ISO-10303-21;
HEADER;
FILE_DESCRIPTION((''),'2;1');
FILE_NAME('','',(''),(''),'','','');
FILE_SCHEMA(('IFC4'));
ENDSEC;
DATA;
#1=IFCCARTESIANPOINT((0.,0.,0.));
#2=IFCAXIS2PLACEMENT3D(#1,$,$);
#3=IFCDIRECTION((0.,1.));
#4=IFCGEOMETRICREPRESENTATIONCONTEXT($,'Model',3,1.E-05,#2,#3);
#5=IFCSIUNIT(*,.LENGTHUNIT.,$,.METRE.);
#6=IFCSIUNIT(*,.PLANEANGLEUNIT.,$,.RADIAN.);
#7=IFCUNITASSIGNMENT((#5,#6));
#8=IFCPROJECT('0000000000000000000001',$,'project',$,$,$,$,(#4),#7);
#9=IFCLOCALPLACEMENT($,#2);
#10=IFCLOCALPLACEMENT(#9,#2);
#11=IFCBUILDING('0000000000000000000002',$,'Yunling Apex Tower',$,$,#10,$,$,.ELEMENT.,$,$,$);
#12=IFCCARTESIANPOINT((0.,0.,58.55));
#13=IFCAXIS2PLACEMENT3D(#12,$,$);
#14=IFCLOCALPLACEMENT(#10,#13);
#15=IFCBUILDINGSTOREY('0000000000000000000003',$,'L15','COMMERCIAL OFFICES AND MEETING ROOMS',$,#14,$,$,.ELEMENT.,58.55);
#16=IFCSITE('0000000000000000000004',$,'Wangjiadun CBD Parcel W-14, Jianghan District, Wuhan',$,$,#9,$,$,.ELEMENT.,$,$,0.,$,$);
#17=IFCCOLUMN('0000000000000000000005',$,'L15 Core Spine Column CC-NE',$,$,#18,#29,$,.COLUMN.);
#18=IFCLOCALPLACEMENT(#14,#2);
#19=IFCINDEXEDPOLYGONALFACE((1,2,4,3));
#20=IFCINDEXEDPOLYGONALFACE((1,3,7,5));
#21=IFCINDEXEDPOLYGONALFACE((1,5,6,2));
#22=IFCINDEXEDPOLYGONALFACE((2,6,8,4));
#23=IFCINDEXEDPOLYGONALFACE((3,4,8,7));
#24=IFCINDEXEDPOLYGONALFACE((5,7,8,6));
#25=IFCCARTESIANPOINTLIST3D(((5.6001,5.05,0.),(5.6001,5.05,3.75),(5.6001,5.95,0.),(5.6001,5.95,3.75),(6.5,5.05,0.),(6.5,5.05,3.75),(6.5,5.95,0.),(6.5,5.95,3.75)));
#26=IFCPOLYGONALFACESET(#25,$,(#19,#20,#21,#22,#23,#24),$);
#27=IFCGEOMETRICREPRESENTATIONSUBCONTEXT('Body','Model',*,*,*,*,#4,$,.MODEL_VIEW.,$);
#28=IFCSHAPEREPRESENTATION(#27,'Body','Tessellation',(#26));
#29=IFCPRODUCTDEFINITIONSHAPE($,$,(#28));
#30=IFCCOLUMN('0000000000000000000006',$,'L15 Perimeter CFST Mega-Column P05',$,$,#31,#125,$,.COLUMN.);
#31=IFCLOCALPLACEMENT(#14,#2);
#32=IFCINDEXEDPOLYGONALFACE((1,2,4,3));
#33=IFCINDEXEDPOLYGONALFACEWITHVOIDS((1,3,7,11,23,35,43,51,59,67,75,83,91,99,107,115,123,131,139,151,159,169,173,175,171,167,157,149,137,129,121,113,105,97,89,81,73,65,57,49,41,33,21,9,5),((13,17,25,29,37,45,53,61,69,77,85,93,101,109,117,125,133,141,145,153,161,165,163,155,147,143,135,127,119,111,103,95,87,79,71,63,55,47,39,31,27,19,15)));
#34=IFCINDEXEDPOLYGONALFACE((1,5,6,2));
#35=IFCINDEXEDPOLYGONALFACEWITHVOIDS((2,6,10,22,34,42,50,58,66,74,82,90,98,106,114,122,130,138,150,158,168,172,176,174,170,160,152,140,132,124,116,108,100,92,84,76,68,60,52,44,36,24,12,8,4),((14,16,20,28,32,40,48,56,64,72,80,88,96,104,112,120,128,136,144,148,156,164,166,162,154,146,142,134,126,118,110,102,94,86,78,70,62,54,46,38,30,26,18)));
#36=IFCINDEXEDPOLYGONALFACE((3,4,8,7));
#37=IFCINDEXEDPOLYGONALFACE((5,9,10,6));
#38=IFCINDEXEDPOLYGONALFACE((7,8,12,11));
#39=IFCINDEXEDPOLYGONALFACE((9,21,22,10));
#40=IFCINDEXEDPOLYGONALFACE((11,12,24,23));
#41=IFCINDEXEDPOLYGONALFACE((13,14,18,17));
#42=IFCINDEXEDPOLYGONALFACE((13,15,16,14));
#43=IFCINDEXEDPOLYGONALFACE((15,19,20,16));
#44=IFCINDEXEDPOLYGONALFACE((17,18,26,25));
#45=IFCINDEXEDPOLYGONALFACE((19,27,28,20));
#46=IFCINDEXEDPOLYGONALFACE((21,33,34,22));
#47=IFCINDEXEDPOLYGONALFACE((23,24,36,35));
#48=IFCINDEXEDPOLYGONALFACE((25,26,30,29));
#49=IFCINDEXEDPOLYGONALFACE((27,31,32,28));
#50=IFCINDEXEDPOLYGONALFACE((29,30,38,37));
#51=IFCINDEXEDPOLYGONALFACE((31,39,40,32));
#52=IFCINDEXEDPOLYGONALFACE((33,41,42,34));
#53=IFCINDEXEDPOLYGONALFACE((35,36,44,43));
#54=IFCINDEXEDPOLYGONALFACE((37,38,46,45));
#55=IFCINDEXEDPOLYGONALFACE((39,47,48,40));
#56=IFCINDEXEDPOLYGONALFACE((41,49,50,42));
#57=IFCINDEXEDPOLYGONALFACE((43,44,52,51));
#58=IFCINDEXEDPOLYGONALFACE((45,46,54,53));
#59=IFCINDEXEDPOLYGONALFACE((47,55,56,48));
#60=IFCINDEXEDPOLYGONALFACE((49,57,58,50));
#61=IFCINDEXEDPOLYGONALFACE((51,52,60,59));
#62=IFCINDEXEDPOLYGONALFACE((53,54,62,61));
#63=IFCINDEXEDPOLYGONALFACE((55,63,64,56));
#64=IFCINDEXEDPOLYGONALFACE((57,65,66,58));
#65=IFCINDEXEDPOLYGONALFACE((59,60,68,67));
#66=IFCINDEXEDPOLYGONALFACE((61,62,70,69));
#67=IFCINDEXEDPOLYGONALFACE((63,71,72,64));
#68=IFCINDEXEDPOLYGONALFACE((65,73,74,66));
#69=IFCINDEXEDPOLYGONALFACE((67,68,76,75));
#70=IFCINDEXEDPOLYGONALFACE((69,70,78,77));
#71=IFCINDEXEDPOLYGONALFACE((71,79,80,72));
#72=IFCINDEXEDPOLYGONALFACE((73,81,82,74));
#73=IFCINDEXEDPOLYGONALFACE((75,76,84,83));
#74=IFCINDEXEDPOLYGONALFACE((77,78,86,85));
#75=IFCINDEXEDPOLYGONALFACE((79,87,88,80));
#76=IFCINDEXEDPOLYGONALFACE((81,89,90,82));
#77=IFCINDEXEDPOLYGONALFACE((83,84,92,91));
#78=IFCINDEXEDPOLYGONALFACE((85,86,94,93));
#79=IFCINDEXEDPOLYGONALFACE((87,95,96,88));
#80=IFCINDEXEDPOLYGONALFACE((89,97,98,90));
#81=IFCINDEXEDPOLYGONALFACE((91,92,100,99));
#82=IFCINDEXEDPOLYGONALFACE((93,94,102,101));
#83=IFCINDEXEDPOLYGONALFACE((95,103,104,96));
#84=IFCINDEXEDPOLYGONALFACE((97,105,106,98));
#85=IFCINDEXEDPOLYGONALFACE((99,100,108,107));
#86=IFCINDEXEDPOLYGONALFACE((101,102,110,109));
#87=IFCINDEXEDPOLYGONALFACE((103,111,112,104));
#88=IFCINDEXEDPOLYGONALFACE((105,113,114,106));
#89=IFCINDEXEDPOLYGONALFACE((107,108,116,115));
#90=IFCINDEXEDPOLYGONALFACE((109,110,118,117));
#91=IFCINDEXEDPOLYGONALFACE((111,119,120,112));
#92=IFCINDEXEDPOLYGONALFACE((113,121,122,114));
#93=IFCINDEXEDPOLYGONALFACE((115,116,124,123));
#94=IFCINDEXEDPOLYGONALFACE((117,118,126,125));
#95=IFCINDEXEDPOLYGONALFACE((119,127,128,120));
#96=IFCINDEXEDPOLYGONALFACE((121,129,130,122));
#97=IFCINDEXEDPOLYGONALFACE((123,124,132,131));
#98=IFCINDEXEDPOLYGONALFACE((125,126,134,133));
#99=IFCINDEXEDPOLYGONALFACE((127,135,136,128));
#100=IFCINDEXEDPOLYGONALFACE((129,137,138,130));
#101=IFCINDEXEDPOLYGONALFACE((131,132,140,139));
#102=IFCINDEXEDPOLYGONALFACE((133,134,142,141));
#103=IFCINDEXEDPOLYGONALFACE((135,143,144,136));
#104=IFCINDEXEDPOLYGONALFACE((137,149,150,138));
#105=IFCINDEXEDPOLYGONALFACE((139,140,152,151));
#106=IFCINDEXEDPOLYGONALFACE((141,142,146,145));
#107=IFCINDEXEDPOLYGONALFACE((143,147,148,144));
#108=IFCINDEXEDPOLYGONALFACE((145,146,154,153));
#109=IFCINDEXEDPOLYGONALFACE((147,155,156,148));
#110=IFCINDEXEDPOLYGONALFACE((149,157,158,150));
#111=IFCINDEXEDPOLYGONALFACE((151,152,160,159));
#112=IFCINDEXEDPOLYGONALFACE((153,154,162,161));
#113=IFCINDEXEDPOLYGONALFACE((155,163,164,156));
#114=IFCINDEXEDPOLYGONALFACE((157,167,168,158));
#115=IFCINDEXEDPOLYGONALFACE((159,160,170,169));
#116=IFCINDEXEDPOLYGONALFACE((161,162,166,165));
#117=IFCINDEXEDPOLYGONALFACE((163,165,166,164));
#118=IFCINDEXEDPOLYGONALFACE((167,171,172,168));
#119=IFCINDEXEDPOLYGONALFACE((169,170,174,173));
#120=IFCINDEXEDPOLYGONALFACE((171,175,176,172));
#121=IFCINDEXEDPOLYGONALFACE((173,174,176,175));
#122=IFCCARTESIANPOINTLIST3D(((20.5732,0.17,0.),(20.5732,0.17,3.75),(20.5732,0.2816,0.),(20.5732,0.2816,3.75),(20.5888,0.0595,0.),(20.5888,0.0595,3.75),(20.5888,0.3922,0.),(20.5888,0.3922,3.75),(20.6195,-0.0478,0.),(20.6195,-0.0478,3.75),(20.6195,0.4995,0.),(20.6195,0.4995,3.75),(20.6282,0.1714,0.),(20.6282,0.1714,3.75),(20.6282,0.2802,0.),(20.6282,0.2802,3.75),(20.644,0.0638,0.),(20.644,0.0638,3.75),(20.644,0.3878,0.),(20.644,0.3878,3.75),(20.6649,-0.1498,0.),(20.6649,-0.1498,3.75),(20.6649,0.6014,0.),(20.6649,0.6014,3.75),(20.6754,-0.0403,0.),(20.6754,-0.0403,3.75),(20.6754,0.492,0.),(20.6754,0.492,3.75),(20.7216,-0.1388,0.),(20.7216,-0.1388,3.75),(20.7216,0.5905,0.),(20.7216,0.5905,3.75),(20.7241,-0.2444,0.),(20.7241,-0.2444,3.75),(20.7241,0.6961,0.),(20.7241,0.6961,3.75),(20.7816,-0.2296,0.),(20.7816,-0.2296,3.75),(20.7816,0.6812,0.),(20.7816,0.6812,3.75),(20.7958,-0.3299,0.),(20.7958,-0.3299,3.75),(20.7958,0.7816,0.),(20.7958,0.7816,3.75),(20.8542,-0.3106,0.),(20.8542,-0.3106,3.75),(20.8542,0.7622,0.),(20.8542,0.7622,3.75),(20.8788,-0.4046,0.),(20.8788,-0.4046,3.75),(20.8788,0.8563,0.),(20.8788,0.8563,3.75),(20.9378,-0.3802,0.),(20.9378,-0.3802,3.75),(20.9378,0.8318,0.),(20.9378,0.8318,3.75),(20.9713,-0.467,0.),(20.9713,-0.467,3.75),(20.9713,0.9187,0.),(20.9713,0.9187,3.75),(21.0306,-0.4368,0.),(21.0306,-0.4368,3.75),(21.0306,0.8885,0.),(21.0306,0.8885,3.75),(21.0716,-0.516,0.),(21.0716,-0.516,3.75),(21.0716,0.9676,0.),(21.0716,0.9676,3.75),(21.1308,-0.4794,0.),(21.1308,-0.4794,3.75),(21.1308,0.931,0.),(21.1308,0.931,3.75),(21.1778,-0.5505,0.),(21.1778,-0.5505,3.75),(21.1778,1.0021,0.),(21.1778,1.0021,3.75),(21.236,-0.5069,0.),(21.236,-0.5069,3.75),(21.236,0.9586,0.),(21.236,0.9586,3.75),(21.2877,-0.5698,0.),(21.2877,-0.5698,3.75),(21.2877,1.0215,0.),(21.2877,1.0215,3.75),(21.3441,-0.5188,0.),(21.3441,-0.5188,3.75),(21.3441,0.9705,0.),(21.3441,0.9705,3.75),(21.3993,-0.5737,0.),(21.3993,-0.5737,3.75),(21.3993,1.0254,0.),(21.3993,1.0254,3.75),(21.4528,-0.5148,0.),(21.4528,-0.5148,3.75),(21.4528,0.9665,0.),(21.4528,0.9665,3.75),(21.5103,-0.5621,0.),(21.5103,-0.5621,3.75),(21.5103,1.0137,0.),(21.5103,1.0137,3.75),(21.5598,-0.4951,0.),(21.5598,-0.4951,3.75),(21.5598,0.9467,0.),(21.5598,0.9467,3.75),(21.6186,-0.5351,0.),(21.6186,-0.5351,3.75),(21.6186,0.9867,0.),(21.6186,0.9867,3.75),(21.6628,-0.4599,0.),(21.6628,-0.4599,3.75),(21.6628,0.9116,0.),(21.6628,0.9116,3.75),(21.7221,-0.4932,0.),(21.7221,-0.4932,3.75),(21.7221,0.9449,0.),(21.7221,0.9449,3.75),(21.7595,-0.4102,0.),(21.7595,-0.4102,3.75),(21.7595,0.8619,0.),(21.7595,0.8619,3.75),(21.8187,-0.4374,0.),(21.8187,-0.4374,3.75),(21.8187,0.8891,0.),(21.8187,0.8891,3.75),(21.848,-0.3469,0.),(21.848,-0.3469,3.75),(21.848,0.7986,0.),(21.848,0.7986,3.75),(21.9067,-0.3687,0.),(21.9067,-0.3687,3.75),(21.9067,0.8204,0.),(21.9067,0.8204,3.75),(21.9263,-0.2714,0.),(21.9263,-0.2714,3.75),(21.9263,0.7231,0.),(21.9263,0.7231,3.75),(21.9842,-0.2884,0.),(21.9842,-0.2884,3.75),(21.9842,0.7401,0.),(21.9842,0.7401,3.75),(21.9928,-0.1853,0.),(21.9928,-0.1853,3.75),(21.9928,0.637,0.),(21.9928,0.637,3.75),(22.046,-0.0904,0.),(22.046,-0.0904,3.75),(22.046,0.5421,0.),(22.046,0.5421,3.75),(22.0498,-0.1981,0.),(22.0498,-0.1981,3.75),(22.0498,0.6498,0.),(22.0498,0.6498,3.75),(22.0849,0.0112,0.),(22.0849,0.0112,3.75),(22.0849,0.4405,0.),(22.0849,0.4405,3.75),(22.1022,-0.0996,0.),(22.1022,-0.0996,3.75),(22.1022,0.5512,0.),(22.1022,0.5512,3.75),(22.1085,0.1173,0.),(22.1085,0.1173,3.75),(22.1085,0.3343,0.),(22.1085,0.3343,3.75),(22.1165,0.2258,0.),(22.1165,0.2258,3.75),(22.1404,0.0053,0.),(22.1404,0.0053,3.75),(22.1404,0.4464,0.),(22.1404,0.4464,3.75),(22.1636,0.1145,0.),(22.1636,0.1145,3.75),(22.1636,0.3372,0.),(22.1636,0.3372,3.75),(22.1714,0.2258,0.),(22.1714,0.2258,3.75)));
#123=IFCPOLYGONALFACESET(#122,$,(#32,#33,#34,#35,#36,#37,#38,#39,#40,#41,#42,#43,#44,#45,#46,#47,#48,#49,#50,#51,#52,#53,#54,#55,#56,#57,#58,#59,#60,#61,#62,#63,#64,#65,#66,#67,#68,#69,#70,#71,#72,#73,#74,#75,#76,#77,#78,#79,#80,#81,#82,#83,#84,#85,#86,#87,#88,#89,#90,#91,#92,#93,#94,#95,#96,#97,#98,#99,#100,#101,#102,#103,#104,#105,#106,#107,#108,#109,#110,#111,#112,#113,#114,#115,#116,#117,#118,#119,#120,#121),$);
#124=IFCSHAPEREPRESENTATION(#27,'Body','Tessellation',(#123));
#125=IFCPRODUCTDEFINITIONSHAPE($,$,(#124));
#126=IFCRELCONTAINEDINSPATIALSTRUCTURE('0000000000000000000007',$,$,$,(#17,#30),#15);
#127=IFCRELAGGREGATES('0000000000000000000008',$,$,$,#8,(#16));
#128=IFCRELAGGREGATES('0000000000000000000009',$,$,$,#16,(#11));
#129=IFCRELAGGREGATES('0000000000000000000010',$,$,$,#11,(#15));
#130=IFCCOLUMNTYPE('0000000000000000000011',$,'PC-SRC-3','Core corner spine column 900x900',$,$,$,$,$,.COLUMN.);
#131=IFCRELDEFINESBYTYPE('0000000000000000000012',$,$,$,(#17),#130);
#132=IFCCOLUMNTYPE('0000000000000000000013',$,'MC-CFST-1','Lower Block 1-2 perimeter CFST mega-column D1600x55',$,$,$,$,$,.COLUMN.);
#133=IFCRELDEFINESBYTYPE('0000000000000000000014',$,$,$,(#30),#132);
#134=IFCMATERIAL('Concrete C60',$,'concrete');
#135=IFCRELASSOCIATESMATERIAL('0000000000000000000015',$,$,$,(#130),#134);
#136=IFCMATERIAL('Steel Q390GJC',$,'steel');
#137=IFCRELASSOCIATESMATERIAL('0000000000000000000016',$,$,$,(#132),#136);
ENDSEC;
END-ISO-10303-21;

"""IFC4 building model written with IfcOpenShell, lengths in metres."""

from ifc_helpers import new_model, si_unit, direction, frame, origin, origin_2d, place, context, subcontext, project, spatial, rectangle, hollow_circle, extrude, source, transform, mapped, material, material_profile, profile_set, type_object, element, save


model = new_model("IFC4")

# Units and contexts
model_context = context("Model", 3, precision=1e-05, world=origin(), true_north=direction((0.0, 1.0)))
body_context = subcontext(model_context, "Body", "Model", "MODEL_VIEW")
ifc_project = project(units=[si_unit("LENGTHUNIT", "METRE"), si_unit("PLANEANGLEUNIT", "RADIAN")], contexts=[model_context])

# Site, building, storey
site_placement = place(None, origin())
site = spatial("IfcSite", under=ifc_project, at=site_placement, Name="Wangjiadun CBD Parcel W-14, Jianghan District, Wuhan", CompositionType="ELEMENT", RefElevation=0.0)
building_placement = place(site_placement, origin())
building = spatial("IfcBuilding", under=site, at=building_placement, Name="Yunling Apex Tower", CompositionType="ELEMENT")
storey_placement = place(building_placement, frame((0.0, 0.0, 58.55)))
storey = spatial("IfcBuildingStorey", under=building, at=storey_placement, Name="L15", Description="COMMERCIAL OFFICES AND MEETING ROOMS", CompositionType="ELEMENT", Elevation=58.55)

# Columns
ifc_material_1 = material(Name="Concrete C60", Category="concrete")
ifc_material_profile_1 = material_profile(ifc_material_1, rectangle(XDim=0.8999, YDim=0.8999, at=origin_2d()))
ifc_profile_set_1 = profile_set([ifc_material_profile_1], Name="Concrete C60")
column_type_1 = type_object("IfcColumnType", Name="PC-SRC-3", Description="Core corner spine column 900x900", PredefinedType="COLUMN", material=ifc_profile_set_1)
shared_shape_1 = source(origin(), body_context, "Body", "SweptSolid", [
    extrude(rectangle(XDim=0.8999, YDim=0.8999, at=origin_2d()), origin(), (0.0, 0.0, 1.0), 3.75),
])
column_placement = place(storey_placement, frame((6.05, 5.5, 0.0), z_axis=(0.0, 0.0, 1.0), x_axis=(1.0, 0.0, 0.0)))
element("IfcColumn", 1, at=column_placement, inside=storey, type_object=column_type_1, Name="L15 Core Spine Column CC-NE", PredefinedType="COLUMN", context=body_context, shape_type="MappedRepresentation", body=[
    mapped(shared_shape_1, transform((0.0, 0.0, 0.0), scale=1.0)),
])
ifc_material_2 = material(Name="Steel Q390GJC", Category="steel")
ifc_material_profile_2 = material_profile(ifc_material_2, hollow_circle(Radius=0.8, WallThickness=0.0549, at=origin_2d()))
ifc_profile_set_2 = profile_set([ifc_material_profile_2], Name="Steel Q390GJC")
column_type_2 = type_object("IfcColumnType", Name="MC-CFST-1", Description="Lower Block 1-2 perimeter CFST mega-column D1600x55", PredefinedType="COLUMN", material=ifc_profile_set_2)
shared_shape_2 = source(origin(), body_context, "Body", "SweptSolid", [
    extrude(hollow_circle(Radius=0.8, WallThickness=0.0549, at=origin_2d()), origin(), (0.0, 0.0, 1.0), 3.75),
])
for number, where, z_axis, x_axis, name in (
    (2, (21.3713, 0.2258, 0.0), (0.0, 0.0, 1.0), (1.0, 0.0, 0.0), "L15 Perimeter CFST Mega-Column P05"),
):
    element("IfcColumn", number, at=place(storey_placement, frame(where, z_axis=z_axis, x_axis=x_axis)), inside=storey, type_object=column_type_2, Name=name, PredefinedType="COLUMN", context=body_context, shape_type="MappedRepresentation", body=[
        mapped(shared_shape_2, transform((0.0, 0.0, 0.0), scale=1.0)),
    ])

save(model, "model.ifc")
